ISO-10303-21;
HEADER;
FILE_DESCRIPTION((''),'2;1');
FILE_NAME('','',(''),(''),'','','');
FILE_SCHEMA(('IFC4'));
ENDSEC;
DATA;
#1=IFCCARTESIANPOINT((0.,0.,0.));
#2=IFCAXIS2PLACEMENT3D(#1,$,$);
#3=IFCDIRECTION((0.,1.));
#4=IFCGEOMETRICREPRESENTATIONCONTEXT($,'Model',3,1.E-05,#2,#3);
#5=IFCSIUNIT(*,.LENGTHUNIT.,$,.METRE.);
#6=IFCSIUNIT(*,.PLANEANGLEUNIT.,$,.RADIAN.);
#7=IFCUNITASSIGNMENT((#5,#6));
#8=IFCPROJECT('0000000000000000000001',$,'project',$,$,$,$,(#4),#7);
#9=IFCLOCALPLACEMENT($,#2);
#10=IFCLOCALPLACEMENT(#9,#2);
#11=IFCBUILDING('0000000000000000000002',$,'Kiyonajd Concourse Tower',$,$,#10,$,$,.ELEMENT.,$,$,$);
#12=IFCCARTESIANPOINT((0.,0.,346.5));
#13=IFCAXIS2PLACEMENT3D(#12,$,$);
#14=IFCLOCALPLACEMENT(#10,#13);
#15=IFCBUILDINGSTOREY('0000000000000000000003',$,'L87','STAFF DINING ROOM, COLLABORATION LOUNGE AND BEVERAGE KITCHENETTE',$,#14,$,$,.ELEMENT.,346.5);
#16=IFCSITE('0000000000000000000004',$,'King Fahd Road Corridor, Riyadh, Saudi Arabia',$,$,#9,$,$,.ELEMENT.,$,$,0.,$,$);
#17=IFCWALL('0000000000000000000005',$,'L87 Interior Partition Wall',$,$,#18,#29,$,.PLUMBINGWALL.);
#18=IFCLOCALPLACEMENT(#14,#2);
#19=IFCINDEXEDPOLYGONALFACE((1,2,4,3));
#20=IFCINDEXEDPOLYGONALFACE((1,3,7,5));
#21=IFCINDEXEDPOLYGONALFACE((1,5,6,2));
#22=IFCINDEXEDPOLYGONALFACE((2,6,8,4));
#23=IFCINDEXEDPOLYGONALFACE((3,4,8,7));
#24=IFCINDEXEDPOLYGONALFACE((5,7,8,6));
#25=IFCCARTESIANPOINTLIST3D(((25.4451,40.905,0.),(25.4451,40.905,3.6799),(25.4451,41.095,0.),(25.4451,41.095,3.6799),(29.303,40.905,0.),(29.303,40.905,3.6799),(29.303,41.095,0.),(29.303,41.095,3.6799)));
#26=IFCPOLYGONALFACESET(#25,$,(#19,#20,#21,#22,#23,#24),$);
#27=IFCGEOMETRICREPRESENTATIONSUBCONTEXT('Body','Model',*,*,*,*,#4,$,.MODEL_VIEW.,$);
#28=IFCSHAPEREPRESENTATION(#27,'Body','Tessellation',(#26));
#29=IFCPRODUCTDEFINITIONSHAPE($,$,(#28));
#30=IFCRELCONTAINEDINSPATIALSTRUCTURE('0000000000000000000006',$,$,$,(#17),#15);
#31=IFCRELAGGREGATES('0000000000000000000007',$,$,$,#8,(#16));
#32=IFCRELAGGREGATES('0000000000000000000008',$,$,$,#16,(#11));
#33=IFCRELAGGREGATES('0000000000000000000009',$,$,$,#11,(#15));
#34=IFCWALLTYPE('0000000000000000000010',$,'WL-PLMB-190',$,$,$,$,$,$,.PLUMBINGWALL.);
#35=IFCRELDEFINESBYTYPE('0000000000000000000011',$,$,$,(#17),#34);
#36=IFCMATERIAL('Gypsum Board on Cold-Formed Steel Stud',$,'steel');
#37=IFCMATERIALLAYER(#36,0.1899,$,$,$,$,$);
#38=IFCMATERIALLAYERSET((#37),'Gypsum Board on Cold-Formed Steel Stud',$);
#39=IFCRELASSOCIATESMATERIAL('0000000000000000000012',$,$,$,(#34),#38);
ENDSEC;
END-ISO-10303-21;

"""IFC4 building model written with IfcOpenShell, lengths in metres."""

from ifc_helpers import new_model, si_unit, direction, frame, frame_2d, origin, place, context, subcontext, project, spatial, rectangle, extrude, material, layer, layer_set, type_object, element, save


model = new_model("IFC4")

# Units and contexts
model_context = context("Model", 3, precision=1e-05, world=origin(), true_north=direction((0.0, 1.0)))
body_context = subcontext(model_context, "Body", "Model", "MODEL_VIEW")
ifc_project = project(units=[si_unit("LENGTHUNIT", "METRE"), si_unit("PLANEANGLEUNIT", "RADIAN")], contexts=[model_context])

# Site, building, storey
site_placement = place(None, origin())
site = spatial("IfcSite", under=ifc_project, at=site_placement, Name="King Fahd Road Corridor, Riyadh, Saudi Arabia", CompositionType="ELEMENT", RefElevation=0.0)
building_placement = place(site_placement, origin())
building = spatial("IfcBuilding", under=site, at=building_placement, Name="Kiyonajd Concourse Tower", CompositionType="ELEMENT")
storey_placement = place(building_placement, frame((0.0, 0.0, 346.5)))
storey = spatial("IfcBuildingStorey", under=building, at=storey_placement, Name="L87", Description="STAFF DINING ROOM, COLLABORATION LOUNGE AND BEVERAGE KITCHENETTE", CompositionType="ELEMENT", Elevation=346.5)

# Wall
ifc_material_1 = material(Name="Gypsum Board on Cold-Formed Steel Stud", Category="steel")
ifc_layer_1 = layer(ifc_material_1, 0.1899)
ifc_layer_set_1 = layer_set([ifc_layer_1], Name="Gypsum Board on Cold-Formed Steel Stud")
wall_type = type_object("IfcWallType", Name="WL-PLMB-190", PredefinedType="PLUMBINGWALL", material=ifc_layer_set_1)
wall_1_placement = place(storey_placement, frame((25.4451, 41.0, 0.0), z_axis=(0.0, 0.0, 1.0), x_axis=(1.0, 0.0, 0.0)))
element("IfcWall", 1, at=wall_1_placement, inside=storey, type_object=wall_type, Name="L87 Interior Partition Wall", PredefinedType="PLUMBINGWALL", context=body_context, shape_type="SweptSolid", body=[
    extrude(rectangle(XDim=3.8579, YDim=0.1899, at=frame_2d((1.929, 0.0))), origin(), (0.0, 0.0, 1.0), 3.6799),
])

save(model, "model.ifc")
